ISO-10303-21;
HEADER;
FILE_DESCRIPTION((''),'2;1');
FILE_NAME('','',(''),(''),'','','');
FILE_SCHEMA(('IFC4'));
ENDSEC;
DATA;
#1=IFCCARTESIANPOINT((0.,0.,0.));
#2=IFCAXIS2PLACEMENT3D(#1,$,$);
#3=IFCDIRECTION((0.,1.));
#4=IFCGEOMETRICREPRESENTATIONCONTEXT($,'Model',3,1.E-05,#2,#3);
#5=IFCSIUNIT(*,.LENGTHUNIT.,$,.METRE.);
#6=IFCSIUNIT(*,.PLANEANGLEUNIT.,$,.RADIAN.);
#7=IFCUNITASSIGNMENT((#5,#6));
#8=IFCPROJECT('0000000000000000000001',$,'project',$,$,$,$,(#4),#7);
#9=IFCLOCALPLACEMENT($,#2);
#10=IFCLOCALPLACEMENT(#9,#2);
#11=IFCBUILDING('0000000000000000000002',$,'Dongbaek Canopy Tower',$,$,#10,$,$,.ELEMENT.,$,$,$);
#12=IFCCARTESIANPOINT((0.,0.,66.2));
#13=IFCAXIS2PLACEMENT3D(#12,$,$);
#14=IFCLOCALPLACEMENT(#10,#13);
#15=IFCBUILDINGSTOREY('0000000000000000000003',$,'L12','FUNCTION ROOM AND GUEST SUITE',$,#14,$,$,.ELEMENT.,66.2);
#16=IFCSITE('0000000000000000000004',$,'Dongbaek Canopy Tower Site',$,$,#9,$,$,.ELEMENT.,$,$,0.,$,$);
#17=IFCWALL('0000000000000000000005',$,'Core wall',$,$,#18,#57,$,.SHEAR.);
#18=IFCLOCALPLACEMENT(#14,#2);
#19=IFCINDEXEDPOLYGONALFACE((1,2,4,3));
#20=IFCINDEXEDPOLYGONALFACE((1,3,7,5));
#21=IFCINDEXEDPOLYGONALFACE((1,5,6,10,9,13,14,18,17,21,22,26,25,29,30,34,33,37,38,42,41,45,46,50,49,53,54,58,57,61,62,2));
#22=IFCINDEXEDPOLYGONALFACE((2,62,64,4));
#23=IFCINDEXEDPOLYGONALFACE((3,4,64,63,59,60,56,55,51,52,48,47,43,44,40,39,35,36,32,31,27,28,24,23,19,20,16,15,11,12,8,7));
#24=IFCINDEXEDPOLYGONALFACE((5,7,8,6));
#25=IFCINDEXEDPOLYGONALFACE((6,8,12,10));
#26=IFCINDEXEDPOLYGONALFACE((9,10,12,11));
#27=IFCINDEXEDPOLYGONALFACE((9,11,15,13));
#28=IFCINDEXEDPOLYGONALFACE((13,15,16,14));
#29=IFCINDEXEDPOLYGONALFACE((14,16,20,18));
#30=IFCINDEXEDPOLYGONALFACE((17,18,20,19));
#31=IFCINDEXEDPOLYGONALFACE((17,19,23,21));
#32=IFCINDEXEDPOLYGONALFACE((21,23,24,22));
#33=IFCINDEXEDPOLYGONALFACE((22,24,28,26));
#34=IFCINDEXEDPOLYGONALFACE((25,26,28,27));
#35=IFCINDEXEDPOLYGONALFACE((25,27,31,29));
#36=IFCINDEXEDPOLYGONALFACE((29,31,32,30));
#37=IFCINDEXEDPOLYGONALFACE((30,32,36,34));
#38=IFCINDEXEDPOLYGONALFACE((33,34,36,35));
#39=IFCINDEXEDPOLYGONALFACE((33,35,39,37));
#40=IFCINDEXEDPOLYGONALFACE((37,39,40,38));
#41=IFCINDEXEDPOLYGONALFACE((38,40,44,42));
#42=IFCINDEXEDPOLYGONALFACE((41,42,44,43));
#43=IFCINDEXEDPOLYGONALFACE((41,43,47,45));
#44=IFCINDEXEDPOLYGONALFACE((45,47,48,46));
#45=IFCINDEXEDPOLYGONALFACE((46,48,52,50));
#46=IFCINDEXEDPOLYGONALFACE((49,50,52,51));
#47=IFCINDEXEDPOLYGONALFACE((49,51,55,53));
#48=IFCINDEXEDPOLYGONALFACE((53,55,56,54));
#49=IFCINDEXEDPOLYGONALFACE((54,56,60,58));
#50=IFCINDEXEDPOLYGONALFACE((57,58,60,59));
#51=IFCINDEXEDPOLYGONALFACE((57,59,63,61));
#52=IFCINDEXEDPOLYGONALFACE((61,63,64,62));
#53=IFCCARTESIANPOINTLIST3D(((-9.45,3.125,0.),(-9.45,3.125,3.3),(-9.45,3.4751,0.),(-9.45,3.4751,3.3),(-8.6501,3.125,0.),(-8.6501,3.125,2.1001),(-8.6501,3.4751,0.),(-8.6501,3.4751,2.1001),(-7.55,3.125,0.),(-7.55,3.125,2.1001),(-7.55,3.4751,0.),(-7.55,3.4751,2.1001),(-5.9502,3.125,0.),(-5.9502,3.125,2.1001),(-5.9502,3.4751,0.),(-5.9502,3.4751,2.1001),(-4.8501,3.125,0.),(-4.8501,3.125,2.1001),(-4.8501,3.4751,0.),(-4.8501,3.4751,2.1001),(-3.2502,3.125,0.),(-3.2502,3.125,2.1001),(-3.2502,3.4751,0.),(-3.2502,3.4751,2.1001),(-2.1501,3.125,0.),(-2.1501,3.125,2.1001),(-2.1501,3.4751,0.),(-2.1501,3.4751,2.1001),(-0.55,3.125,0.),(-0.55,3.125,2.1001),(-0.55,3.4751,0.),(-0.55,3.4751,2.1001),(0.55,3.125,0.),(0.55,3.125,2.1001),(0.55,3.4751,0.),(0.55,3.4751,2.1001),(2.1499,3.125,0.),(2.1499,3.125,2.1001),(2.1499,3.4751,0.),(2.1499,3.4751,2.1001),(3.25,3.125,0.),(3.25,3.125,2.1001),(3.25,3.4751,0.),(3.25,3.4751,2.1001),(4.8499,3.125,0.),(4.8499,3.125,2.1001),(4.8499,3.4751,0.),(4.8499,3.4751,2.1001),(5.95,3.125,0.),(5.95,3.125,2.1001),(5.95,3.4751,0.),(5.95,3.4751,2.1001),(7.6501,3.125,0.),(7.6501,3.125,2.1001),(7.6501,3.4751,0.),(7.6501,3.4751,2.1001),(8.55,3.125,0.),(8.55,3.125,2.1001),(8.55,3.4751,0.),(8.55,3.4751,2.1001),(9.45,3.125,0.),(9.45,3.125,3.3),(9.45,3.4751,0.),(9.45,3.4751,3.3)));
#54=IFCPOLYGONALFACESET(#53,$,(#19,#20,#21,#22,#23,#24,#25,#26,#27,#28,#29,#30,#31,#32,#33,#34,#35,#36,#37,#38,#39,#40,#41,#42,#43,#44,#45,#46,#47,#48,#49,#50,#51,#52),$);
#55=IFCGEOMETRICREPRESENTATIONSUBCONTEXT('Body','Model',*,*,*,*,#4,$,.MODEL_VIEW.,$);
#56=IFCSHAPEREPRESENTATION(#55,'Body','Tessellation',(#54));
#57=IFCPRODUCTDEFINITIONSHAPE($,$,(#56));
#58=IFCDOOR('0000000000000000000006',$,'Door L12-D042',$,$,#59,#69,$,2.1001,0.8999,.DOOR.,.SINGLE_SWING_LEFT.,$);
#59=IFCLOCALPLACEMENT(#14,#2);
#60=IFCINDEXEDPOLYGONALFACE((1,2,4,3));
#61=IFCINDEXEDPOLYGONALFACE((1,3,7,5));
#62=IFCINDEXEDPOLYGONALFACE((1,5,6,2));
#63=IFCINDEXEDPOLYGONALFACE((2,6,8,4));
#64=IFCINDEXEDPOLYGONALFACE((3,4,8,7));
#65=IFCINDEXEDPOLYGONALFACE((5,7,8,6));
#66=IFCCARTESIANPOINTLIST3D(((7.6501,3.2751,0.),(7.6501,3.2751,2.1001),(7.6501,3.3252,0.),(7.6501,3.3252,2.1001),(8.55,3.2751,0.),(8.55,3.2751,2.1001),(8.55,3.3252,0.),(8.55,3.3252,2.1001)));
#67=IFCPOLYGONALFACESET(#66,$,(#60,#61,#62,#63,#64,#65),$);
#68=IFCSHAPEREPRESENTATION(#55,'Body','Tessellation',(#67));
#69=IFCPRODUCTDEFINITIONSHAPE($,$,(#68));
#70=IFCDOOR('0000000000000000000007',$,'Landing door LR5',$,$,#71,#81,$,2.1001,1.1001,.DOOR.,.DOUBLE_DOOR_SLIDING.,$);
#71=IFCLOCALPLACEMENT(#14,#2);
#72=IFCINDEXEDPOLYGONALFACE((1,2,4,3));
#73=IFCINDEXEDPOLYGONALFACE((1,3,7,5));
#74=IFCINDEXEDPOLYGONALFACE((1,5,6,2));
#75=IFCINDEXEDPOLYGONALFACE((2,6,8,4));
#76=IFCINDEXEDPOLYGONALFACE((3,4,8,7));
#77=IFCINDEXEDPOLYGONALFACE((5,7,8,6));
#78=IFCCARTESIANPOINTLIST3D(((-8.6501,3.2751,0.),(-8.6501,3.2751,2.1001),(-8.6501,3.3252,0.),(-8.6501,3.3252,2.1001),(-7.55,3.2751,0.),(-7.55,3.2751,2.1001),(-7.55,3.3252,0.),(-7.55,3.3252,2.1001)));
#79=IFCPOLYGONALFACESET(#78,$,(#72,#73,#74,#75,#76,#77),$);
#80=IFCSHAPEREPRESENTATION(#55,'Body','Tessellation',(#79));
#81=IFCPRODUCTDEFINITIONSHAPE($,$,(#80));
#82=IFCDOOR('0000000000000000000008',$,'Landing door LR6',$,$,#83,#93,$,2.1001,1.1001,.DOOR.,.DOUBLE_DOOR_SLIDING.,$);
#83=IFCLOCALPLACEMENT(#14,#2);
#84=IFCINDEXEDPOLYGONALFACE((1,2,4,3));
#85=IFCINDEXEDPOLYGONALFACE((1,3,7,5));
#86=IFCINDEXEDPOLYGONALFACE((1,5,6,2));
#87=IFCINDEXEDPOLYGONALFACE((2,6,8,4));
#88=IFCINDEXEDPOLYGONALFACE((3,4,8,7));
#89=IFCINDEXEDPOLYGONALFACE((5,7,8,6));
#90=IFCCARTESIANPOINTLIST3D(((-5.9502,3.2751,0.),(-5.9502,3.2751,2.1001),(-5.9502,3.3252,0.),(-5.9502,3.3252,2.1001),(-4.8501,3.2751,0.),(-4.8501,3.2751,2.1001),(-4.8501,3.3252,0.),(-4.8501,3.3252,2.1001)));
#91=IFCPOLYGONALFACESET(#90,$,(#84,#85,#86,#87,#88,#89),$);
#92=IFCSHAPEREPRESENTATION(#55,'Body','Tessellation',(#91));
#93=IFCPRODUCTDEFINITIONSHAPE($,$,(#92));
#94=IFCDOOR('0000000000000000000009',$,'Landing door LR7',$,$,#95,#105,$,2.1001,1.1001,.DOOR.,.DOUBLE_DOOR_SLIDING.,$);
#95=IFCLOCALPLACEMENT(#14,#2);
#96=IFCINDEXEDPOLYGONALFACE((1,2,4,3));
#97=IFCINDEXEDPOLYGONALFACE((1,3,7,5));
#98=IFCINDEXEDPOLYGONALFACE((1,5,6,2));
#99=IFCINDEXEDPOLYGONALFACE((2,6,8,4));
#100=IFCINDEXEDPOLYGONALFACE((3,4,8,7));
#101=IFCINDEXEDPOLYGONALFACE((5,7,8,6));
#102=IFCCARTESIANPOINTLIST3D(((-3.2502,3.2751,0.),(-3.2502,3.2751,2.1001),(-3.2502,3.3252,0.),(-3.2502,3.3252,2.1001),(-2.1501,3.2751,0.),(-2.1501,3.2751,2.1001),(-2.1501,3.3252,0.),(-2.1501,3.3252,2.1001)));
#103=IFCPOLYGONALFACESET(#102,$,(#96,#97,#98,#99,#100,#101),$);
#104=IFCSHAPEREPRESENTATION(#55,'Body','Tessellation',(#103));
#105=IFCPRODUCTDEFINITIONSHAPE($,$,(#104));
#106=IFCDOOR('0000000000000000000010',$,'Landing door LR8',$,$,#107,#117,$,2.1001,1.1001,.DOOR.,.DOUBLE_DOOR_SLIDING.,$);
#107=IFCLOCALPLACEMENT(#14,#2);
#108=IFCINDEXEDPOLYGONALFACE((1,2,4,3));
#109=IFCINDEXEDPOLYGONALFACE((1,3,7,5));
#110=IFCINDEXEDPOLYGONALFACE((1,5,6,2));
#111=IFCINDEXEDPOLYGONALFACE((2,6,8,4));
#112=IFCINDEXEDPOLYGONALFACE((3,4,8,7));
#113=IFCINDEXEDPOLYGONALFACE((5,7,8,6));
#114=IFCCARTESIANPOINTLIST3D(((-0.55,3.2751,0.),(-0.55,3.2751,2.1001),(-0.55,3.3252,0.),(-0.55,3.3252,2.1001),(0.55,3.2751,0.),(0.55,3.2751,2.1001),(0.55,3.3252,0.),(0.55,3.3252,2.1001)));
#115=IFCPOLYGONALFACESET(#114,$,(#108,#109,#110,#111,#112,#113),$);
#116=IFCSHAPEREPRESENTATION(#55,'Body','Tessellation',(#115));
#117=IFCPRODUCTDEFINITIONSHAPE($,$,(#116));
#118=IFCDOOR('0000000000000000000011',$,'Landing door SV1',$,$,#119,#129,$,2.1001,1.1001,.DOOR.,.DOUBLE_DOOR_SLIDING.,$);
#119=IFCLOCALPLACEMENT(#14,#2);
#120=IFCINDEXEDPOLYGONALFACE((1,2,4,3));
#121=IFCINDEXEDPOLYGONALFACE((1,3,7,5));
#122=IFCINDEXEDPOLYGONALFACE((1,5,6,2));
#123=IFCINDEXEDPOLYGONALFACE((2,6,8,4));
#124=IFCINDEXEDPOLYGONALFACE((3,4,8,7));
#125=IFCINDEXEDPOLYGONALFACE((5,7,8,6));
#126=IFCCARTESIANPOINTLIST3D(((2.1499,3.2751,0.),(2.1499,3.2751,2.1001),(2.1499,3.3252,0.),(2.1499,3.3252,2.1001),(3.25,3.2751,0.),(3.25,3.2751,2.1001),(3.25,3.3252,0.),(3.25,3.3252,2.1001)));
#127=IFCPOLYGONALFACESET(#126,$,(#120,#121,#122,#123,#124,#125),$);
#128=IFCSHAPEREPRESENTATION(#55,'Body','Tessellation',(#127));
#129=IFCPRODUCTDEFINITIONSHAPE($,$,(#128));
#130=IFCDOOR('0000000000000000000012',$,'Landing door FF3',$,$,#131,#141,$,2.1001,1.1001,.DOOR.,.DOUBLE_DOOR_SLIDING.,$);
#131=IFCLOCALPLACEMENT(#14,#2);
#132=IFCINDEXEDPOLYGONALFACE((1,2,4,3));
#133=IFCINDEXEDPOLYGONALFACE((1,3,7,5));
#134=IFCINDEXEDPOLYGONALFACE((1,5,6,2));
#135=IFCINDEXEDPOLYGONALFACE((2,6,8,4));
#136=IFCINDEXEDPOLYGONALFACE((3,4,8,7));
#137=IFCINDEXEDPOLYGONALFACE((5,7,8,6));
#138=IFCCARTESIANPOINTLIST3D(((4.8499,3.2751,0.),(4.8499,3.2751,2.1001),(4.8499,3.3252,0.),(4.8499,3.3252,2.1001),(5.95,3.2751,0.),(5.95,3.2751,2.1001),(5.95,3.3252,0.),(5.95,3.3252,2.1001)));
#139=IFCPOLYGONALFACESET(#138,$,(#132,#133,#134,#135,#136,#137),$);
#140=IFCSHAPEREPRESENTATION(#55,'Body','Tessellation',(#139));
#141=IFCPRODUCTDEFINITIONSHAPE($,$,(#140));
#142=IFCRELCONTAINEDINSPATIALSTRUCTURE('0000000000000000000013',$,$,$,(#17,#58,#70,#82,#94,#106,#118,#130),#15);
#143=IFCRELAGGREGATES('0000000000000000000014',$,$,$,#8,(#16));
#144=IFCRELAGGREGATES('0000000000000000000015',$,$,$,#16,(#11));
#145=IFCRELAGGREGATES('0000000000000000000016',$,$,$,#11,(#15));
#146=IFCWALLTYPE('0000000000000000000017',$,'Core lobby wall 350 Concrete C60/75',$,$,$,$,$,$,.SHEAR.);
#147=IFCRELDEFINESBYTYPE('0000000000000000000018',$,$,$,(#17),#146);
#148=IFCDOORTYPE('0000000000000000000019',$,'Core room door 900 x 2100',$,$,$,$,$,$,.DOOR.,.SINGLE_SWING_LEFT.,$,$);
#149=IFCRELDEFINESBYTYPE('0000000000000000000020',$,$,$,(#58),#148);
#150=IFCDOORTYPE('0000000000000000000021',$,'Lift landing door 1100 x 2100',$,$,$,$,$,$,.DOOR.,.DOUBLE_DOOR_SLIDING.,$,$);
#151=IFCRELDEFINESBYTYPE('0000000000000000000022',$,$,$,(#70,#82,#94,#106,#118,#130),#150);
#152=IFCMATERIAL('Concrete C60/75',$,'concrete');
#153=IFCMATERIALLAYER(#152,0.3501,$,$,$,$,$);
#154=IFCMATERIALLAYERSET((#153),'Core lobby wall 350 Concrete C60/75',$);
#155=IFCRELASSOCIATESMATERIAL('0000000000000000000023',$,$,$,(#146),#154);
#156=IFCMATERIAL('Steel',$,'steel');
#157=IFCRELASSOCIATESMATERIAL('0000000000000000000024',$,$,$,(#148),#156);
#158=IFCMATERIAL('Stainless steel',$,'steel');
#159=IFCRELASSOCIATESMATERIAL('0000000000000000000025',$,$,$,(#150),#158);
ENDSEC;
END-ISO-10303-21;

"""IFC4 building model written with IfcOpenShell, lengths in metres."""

from ifc_helpers import new_model, si_unit, direction, frame, frame_2d, origin, place, context, subcontext, project, spatial, rectangle, extrude, material, layer, layer_set, type_object, element, fill, save


model = new_model("IFC4")

# Units and contexts
model_context = context("Model", 3, precision=1e-05, world=origin(), true_north=direction((0.0, 1.0)))
body_context = subcontext(model_context, "Body", "Model", "MODEL_VIEW")
ifc_project = project(units=[si_unit("LENGTHUNIT", "METRE"), si_unit("PLANEANGLEUNIT", "RADIAN")], contexts=[model_context])

# Site, building, storey
site_placement = place(None, origin())
site = spatial("IfcSite", under=ifc_project, at=site_placement, Name="Dongbaek Canopy Tower Site", CompositionType="ELEMENT", RefElevation=0.0)
building_placement = place(site_placement, origin())
building = spatial("IfcBuilding", under=site, at=building_placement, Name="Dongbaek Canopy Tower", CompositionType="ELEMENT")
storey_placement = place(building_placement, frame((0.0, 0.0, 66.2)))
storey = spatial("IfcBuildingStorey", under=building, at=storey_placement, Name="L12", Description="FUNCTION ROOM AND GUEST SUITE", CompositionType="ELEMENT", Elevation=66.2)

# Wall, openings, doors
ifc_material_1 = material(Name="Concrete C60/75", Category="concrete")
ifc_layer_1 = layer(ifc_material_1, 0.3501)
ifc_layer_set_1 = layer_set([ifc_layer_1], Name="Core lobby wall 350 Concrete C60/75")
wall_type_1 = type_object("IfcWallType", Name="Core lobby wall 350 Concrete C60/75", PredefinedType="SHEAR", material=ifc_layer_set_1)
wall_1_placement = place(storey_placement, frame((9.45, 3.3, 0.0), z_axis=(0.0, 0.0, 1.0), x_axis=(-1.0, 0.0, 0.0)))
wall_1 = element("IfcWall", 1, at=wall_1_placement, inside=storey, type_object=wall_type_1, Name="Core wall", PredefinedType="SHEAR", context=body_context, shape_type="SweptSolid", body=[
    extrude(rectangle(XDim=18.8999, YDim=0.3501, at=frame_2d((9.45, 0.0))), origin(), (0.0, 0.0, 1.0), 3.3),
])
opening_1_placement = place(wall_1_placement, frame((17.0, 0.0, 0.0)))
opening_1 = element("IfcOpeningElement", 2, at=opening_1_placement, cuts=wall_1, PredefinedType="OPENING", context=body_context, shape_type="SweptSolid", body=[
    extrude(rectangle(XDim=1.1001, YDim=2.1001, at=frame_2d((0.55, 1.05))), frame((0.0, 0.1851, 0.0), z_axis=(0.0, -1.0, 0.0), x_axis=(1.0, 0.0, 0.0)), (0.0, 0.0, 1.0), 0.3701),
])
opening_2_placement = place(wall_1_placement, frame((14.3, 0.0, 0.0)))
opening_2 = element("IfcOpeningElement", 3, at=opening_2_placement, cuts=wall_1, PredefinedType="OPENING", context=body_context, shape_type="SweptSolid", body=[
    extrude(rectangle(XDim=1.1001, YDim=2.1001, at=frame_2d((0.55, 1.05))), frame((0.0, 0.1851, 0.0), z_axis=(0.0, -1.0, 0.0), x_axis=(1.0, 0.0, 0.0)), (0.0, 0.0, 1.0), 0.3701),
])
opening_3_placement = place(wall_1_placement, frame((11.6001, 0.0, 0.0)))
opening_3 = element("IfcOpeningElement", 4, at=opening_3_placement, cuts=wall_1, PredefinedType="OPENING", context=body_context, shape_type="SweptSolid", body=[
    extrude(rectangle(XDim=1.1001, YDim=2.1001, at=frame_2d((0.55, 1.05))), frame((0.0, 0.1851, 0.0), z_axis=(0.0, -1.0, 0.0), x_axis=(1.0, 0.0, 0.0)), (0.0, 0.0, 1.0), 0.3701),
])
opening_4_placement = place(wall_1_placement, frame((8.8999, 0.0, 0.0)))
opening_4 = element("IfcOpeningElement", 5, at=opening_4_placement, cuts=wall_1, PredefinedType="OPENING", context=body_context, shape_type="SweptSolid", body=[
    extrude(rectangle(XDim=1.1001, YDim=2.1001, at=frame_2d((0.55, 1.05))), frame((0.0, 0.1851, 0.0), z_axis=(0.0, -1.0, 0.0), x_axis=(1.0, 0.0, 0.0)), (0.0, 0.0, 1.0), 0.3701),
])
opening_5_placement = place(wall_1_placement, frame((6.2, 0.0, 0.0)))
opening_5 = element("IfcOpeningElement", 6, at=opening_5_placement, cuts=wall_1, PredefinedType="OPENING", context=body_context, shape_type="SweptSolid", body=[
    extrude(rectangle(XDim=1.1001, YDim=2.1001, at=frame_2d((0.55, 1.05))), frame((0.0, 0.1851, 0.0), z_axis=(0.0, -1.0, 0.0), x_axis=(1.0, 0.0, 0.0)), (0.0, 0.0, 1.0), 0.3701),
])
opening_6_placement = place(wall_1_placement, frame((3.5, 0.0, 0.0)))
opening_6 = element("IfcOpeningElement", 7, at=opening_6_placement, cuts=wall_1, PredefinedType="OPENING", context=body_context, shape_type="SweptSolid", body=[
    extrude(rectangle(XDim=1.1001, YDim=2.1001, at=frame_2d((0.55, 1.05))), frame((0.0, 0.1851, 0.0), z_axis=(0.0, -1.0, 0.0), x_axis=(1.0, 0.0, 0.0)), (0.0, 0.0, 1.0), 0.3701),
])
opening_7_placement = place(wall_1_placement, frame((0.8999, 0.0, 0.0)))
opening_7 = element("IfcOpeningElement", 8, at=opening_7_placement, cuts=wall_1, PredefinedType="OPENING", context=body_context, shape_type="SweptSolid", body=[
    extrude(rectangle(XDim=0.8999, YDim=2.1001, at=frame_2d((0.45, 1.05))), frame((0.0, 0.1851, 0.0), z_axis=(0.0, -1.0, 0.0), x_axis=(1.0, 0.0, 0.0)), (0.0, 0.0, 1.0), 0.3701),
])
ifc_material_2 = material(Name="Steel", Category="steel")
door_type_1 = type_object("IfcDoorType", Name="Core room door 900 x 2100", OperationType="SINGLE_SWING_LEFT", PredefinedType="DOOR", material=ifc_material_2)
door_1_placement = place(opening_7_placement, origin())
door_1 = element("IfcDoor", 9, at=door_1_placement, inside=storey, type_object=door_type_1, Name="Door L12-D042", OperationType="SINGLE_SWING_LEFT", OverallHeight=2.1001, OverallWidth=0.8999, PredefinedType="DOOR", context=body_context, shape_type="SweptSolid", body=[
    extrude(rectangle(XDim=0.8999, YDim=2.1001, at=frame_2d((0.45, 1.05))), frame((0.0, 0.0249, 0.0), z_axis=(0.0, -1.0, 0.0), x_axis=(1.0, 0.0, 0.0)), (0.0, 0.0, 1.0), 0.05),
])
fill(opening_7, door_1)
ifc_material_3 = material(Name="Stainless steel", Category="steel")
door_type_2 = type_object("IfcDoorType", Name="Lift landing door 1100 x 2100", OperationType="DOUBLE_DOOR_SLIDING", PredefinedType="DOOR", material=ifc_material_3)
door_2_placement = place(opening_1_placement, origin())
door_2 = element("IfcDoor", 10, at=door_2_placement, inside=storey, type_object=door_type_2, Name="Landing door LR5", OperationType="DOUBLE_DOOR_SLIDING", OverallHeight=2.1001, OverallWidth=1.1001, PredefinedType="DOOR", context=body_context, shape_type="SweptSolid", body=[
    extrude(rectangle(XDim=1.1001, YDim=2.1001, at=frame_2d((0.55, 1.05))), frame((0.0, 0.0249, 0.0), z_axis=(0.0, -1.0, 0.0), x_axis=(1.0, 0.0, 0.0)), (0.0, 0.0, 1.0), 0.05),
])
fill(opening_1, door_2)
door_3_placement = place(opening_2_placement, origin())
door_3 = element("IfcDoor", 11, at=door_3_placement, inside=storey, type_object=door_type_2, Name="Landing door LR6", OperationType="DOUBLE_DOOR_SLIDING", OverallHeight=2.1001, OverallWidth=1.1001, PredefinedType="DOOR", context=body_context, shape_type="SweptSolid", body=[
    extrude(rectangle(XDim=1.1001, YDim=2.1001, at=frame_2d((0.55, 1.05))), frame((0.0, 0.0249, 0.0), z_axis=(0.0, -1.0, 0.0), x_axis=(1.0, 0.0, 0.0)), (0.0, 0.0, 1.0), 0.05),
])
fill(opening_2, door_3)
door_4_placement = place(opening_3_placement, origin())
door_4 = element("IfcDoor", 12, at=door_4_placement, inside=storey, type_object=door_type_2, Name="Landing door LR7", OperationType="DOUBLE_DOOR_SLIDING", OverallHeight=2.1001, OverallWidth=1.1001, PredefinedType="DOOR", context=body_context, shape_type="SweptSolid", body=[
    extrude(rectangle(XDim=1.1001, YDim=2.1001, at=frame_2d((0.55, 1.05))), frame((0.0, 0.0249, 0.0), z_axis=(0.0, -1.0, 0.0), x_axis=(1.0, 0.0, 0.0)), (0.0, 0.0, 1.0), 0.05),
])
fill(opening_3, door_4)
door_5_placement = place(opening_4_placement, origin())
door_5 = element("IfcDoor", 13, at=door_5_placement, inside=storey, type_object=door_type_2, Name="Landing door LR8", OperationType="DOUBLE_DOOR_SLIDING", OverallHeight=2.1001, OverallWidth=1.1001, PredefinedType="DOOR", context=body_context, shape_type="SweptSolid", body=[
    extrude(rectangle(XDim=1.1001, YDim=2.1001, at=frame_2d((0.55, 1.05))), frame((0.0, 0.0249, 0.0), z_axis=(0.0, -1.0, 0.0), x_axis=(1.0, 0.0, 0.0)), (0.0, 0.0, 1.0), 0.05),
])
fill(opening_4, door_5)
door_6_placement = place(opening_5_placement, origin())
door_6 = element("IfcDoor", 14, at=door_6_placement, inside=storey, type_object=door_type_2, Name="Landing door SV1", OperationType="DOUBLE_DOOR_SLIDING", OverallHeight=2.1001, OverallWidth=1.1001, PredefinedType="DOOR", context=body_context, shape_type="SweptSolid", body=[
    extrude(rectangle(XDim=1.1001, YDim=2.1001, at=frame_2d((0.55, 1.05))), frame((0.0, 0.0249, 0.0), z_axis=(0.0, -1.0, 0.0), x_axis=(1.0, 0.0, 0.0)), (0.0, 0.0, 1.0), 0.05),
])
fill(opening_5, door_6)
door_7_placement = place(opening_6_placement, origin())
door_7 = element("IfcDoor", 15, at=door_7_placement, inside=storey, type_object=door_type_2, Name="Landing door FF3", OperationType="DOUBLE_DOOR_SLIDING", OverallHeight=2.1001, OverallWidth=1.1001, PredefinedType="DOOR", context=body_context, shape_type="SweptSolid", body=[
    extrude(rectangle(XDim=1.1001, YDim=2.1001, at=frame_2d((0.55, 1.05))), frame((0.0, 0.0249, 0.0), z_axis=(0.0, -1.0, 0.0), x_axis=(1.0, 0.0, 0.0)), (0.0, 0.0, 1.0), 0.05),
])
fill(opening_6, door_7)

save(model, "model.ifc")
